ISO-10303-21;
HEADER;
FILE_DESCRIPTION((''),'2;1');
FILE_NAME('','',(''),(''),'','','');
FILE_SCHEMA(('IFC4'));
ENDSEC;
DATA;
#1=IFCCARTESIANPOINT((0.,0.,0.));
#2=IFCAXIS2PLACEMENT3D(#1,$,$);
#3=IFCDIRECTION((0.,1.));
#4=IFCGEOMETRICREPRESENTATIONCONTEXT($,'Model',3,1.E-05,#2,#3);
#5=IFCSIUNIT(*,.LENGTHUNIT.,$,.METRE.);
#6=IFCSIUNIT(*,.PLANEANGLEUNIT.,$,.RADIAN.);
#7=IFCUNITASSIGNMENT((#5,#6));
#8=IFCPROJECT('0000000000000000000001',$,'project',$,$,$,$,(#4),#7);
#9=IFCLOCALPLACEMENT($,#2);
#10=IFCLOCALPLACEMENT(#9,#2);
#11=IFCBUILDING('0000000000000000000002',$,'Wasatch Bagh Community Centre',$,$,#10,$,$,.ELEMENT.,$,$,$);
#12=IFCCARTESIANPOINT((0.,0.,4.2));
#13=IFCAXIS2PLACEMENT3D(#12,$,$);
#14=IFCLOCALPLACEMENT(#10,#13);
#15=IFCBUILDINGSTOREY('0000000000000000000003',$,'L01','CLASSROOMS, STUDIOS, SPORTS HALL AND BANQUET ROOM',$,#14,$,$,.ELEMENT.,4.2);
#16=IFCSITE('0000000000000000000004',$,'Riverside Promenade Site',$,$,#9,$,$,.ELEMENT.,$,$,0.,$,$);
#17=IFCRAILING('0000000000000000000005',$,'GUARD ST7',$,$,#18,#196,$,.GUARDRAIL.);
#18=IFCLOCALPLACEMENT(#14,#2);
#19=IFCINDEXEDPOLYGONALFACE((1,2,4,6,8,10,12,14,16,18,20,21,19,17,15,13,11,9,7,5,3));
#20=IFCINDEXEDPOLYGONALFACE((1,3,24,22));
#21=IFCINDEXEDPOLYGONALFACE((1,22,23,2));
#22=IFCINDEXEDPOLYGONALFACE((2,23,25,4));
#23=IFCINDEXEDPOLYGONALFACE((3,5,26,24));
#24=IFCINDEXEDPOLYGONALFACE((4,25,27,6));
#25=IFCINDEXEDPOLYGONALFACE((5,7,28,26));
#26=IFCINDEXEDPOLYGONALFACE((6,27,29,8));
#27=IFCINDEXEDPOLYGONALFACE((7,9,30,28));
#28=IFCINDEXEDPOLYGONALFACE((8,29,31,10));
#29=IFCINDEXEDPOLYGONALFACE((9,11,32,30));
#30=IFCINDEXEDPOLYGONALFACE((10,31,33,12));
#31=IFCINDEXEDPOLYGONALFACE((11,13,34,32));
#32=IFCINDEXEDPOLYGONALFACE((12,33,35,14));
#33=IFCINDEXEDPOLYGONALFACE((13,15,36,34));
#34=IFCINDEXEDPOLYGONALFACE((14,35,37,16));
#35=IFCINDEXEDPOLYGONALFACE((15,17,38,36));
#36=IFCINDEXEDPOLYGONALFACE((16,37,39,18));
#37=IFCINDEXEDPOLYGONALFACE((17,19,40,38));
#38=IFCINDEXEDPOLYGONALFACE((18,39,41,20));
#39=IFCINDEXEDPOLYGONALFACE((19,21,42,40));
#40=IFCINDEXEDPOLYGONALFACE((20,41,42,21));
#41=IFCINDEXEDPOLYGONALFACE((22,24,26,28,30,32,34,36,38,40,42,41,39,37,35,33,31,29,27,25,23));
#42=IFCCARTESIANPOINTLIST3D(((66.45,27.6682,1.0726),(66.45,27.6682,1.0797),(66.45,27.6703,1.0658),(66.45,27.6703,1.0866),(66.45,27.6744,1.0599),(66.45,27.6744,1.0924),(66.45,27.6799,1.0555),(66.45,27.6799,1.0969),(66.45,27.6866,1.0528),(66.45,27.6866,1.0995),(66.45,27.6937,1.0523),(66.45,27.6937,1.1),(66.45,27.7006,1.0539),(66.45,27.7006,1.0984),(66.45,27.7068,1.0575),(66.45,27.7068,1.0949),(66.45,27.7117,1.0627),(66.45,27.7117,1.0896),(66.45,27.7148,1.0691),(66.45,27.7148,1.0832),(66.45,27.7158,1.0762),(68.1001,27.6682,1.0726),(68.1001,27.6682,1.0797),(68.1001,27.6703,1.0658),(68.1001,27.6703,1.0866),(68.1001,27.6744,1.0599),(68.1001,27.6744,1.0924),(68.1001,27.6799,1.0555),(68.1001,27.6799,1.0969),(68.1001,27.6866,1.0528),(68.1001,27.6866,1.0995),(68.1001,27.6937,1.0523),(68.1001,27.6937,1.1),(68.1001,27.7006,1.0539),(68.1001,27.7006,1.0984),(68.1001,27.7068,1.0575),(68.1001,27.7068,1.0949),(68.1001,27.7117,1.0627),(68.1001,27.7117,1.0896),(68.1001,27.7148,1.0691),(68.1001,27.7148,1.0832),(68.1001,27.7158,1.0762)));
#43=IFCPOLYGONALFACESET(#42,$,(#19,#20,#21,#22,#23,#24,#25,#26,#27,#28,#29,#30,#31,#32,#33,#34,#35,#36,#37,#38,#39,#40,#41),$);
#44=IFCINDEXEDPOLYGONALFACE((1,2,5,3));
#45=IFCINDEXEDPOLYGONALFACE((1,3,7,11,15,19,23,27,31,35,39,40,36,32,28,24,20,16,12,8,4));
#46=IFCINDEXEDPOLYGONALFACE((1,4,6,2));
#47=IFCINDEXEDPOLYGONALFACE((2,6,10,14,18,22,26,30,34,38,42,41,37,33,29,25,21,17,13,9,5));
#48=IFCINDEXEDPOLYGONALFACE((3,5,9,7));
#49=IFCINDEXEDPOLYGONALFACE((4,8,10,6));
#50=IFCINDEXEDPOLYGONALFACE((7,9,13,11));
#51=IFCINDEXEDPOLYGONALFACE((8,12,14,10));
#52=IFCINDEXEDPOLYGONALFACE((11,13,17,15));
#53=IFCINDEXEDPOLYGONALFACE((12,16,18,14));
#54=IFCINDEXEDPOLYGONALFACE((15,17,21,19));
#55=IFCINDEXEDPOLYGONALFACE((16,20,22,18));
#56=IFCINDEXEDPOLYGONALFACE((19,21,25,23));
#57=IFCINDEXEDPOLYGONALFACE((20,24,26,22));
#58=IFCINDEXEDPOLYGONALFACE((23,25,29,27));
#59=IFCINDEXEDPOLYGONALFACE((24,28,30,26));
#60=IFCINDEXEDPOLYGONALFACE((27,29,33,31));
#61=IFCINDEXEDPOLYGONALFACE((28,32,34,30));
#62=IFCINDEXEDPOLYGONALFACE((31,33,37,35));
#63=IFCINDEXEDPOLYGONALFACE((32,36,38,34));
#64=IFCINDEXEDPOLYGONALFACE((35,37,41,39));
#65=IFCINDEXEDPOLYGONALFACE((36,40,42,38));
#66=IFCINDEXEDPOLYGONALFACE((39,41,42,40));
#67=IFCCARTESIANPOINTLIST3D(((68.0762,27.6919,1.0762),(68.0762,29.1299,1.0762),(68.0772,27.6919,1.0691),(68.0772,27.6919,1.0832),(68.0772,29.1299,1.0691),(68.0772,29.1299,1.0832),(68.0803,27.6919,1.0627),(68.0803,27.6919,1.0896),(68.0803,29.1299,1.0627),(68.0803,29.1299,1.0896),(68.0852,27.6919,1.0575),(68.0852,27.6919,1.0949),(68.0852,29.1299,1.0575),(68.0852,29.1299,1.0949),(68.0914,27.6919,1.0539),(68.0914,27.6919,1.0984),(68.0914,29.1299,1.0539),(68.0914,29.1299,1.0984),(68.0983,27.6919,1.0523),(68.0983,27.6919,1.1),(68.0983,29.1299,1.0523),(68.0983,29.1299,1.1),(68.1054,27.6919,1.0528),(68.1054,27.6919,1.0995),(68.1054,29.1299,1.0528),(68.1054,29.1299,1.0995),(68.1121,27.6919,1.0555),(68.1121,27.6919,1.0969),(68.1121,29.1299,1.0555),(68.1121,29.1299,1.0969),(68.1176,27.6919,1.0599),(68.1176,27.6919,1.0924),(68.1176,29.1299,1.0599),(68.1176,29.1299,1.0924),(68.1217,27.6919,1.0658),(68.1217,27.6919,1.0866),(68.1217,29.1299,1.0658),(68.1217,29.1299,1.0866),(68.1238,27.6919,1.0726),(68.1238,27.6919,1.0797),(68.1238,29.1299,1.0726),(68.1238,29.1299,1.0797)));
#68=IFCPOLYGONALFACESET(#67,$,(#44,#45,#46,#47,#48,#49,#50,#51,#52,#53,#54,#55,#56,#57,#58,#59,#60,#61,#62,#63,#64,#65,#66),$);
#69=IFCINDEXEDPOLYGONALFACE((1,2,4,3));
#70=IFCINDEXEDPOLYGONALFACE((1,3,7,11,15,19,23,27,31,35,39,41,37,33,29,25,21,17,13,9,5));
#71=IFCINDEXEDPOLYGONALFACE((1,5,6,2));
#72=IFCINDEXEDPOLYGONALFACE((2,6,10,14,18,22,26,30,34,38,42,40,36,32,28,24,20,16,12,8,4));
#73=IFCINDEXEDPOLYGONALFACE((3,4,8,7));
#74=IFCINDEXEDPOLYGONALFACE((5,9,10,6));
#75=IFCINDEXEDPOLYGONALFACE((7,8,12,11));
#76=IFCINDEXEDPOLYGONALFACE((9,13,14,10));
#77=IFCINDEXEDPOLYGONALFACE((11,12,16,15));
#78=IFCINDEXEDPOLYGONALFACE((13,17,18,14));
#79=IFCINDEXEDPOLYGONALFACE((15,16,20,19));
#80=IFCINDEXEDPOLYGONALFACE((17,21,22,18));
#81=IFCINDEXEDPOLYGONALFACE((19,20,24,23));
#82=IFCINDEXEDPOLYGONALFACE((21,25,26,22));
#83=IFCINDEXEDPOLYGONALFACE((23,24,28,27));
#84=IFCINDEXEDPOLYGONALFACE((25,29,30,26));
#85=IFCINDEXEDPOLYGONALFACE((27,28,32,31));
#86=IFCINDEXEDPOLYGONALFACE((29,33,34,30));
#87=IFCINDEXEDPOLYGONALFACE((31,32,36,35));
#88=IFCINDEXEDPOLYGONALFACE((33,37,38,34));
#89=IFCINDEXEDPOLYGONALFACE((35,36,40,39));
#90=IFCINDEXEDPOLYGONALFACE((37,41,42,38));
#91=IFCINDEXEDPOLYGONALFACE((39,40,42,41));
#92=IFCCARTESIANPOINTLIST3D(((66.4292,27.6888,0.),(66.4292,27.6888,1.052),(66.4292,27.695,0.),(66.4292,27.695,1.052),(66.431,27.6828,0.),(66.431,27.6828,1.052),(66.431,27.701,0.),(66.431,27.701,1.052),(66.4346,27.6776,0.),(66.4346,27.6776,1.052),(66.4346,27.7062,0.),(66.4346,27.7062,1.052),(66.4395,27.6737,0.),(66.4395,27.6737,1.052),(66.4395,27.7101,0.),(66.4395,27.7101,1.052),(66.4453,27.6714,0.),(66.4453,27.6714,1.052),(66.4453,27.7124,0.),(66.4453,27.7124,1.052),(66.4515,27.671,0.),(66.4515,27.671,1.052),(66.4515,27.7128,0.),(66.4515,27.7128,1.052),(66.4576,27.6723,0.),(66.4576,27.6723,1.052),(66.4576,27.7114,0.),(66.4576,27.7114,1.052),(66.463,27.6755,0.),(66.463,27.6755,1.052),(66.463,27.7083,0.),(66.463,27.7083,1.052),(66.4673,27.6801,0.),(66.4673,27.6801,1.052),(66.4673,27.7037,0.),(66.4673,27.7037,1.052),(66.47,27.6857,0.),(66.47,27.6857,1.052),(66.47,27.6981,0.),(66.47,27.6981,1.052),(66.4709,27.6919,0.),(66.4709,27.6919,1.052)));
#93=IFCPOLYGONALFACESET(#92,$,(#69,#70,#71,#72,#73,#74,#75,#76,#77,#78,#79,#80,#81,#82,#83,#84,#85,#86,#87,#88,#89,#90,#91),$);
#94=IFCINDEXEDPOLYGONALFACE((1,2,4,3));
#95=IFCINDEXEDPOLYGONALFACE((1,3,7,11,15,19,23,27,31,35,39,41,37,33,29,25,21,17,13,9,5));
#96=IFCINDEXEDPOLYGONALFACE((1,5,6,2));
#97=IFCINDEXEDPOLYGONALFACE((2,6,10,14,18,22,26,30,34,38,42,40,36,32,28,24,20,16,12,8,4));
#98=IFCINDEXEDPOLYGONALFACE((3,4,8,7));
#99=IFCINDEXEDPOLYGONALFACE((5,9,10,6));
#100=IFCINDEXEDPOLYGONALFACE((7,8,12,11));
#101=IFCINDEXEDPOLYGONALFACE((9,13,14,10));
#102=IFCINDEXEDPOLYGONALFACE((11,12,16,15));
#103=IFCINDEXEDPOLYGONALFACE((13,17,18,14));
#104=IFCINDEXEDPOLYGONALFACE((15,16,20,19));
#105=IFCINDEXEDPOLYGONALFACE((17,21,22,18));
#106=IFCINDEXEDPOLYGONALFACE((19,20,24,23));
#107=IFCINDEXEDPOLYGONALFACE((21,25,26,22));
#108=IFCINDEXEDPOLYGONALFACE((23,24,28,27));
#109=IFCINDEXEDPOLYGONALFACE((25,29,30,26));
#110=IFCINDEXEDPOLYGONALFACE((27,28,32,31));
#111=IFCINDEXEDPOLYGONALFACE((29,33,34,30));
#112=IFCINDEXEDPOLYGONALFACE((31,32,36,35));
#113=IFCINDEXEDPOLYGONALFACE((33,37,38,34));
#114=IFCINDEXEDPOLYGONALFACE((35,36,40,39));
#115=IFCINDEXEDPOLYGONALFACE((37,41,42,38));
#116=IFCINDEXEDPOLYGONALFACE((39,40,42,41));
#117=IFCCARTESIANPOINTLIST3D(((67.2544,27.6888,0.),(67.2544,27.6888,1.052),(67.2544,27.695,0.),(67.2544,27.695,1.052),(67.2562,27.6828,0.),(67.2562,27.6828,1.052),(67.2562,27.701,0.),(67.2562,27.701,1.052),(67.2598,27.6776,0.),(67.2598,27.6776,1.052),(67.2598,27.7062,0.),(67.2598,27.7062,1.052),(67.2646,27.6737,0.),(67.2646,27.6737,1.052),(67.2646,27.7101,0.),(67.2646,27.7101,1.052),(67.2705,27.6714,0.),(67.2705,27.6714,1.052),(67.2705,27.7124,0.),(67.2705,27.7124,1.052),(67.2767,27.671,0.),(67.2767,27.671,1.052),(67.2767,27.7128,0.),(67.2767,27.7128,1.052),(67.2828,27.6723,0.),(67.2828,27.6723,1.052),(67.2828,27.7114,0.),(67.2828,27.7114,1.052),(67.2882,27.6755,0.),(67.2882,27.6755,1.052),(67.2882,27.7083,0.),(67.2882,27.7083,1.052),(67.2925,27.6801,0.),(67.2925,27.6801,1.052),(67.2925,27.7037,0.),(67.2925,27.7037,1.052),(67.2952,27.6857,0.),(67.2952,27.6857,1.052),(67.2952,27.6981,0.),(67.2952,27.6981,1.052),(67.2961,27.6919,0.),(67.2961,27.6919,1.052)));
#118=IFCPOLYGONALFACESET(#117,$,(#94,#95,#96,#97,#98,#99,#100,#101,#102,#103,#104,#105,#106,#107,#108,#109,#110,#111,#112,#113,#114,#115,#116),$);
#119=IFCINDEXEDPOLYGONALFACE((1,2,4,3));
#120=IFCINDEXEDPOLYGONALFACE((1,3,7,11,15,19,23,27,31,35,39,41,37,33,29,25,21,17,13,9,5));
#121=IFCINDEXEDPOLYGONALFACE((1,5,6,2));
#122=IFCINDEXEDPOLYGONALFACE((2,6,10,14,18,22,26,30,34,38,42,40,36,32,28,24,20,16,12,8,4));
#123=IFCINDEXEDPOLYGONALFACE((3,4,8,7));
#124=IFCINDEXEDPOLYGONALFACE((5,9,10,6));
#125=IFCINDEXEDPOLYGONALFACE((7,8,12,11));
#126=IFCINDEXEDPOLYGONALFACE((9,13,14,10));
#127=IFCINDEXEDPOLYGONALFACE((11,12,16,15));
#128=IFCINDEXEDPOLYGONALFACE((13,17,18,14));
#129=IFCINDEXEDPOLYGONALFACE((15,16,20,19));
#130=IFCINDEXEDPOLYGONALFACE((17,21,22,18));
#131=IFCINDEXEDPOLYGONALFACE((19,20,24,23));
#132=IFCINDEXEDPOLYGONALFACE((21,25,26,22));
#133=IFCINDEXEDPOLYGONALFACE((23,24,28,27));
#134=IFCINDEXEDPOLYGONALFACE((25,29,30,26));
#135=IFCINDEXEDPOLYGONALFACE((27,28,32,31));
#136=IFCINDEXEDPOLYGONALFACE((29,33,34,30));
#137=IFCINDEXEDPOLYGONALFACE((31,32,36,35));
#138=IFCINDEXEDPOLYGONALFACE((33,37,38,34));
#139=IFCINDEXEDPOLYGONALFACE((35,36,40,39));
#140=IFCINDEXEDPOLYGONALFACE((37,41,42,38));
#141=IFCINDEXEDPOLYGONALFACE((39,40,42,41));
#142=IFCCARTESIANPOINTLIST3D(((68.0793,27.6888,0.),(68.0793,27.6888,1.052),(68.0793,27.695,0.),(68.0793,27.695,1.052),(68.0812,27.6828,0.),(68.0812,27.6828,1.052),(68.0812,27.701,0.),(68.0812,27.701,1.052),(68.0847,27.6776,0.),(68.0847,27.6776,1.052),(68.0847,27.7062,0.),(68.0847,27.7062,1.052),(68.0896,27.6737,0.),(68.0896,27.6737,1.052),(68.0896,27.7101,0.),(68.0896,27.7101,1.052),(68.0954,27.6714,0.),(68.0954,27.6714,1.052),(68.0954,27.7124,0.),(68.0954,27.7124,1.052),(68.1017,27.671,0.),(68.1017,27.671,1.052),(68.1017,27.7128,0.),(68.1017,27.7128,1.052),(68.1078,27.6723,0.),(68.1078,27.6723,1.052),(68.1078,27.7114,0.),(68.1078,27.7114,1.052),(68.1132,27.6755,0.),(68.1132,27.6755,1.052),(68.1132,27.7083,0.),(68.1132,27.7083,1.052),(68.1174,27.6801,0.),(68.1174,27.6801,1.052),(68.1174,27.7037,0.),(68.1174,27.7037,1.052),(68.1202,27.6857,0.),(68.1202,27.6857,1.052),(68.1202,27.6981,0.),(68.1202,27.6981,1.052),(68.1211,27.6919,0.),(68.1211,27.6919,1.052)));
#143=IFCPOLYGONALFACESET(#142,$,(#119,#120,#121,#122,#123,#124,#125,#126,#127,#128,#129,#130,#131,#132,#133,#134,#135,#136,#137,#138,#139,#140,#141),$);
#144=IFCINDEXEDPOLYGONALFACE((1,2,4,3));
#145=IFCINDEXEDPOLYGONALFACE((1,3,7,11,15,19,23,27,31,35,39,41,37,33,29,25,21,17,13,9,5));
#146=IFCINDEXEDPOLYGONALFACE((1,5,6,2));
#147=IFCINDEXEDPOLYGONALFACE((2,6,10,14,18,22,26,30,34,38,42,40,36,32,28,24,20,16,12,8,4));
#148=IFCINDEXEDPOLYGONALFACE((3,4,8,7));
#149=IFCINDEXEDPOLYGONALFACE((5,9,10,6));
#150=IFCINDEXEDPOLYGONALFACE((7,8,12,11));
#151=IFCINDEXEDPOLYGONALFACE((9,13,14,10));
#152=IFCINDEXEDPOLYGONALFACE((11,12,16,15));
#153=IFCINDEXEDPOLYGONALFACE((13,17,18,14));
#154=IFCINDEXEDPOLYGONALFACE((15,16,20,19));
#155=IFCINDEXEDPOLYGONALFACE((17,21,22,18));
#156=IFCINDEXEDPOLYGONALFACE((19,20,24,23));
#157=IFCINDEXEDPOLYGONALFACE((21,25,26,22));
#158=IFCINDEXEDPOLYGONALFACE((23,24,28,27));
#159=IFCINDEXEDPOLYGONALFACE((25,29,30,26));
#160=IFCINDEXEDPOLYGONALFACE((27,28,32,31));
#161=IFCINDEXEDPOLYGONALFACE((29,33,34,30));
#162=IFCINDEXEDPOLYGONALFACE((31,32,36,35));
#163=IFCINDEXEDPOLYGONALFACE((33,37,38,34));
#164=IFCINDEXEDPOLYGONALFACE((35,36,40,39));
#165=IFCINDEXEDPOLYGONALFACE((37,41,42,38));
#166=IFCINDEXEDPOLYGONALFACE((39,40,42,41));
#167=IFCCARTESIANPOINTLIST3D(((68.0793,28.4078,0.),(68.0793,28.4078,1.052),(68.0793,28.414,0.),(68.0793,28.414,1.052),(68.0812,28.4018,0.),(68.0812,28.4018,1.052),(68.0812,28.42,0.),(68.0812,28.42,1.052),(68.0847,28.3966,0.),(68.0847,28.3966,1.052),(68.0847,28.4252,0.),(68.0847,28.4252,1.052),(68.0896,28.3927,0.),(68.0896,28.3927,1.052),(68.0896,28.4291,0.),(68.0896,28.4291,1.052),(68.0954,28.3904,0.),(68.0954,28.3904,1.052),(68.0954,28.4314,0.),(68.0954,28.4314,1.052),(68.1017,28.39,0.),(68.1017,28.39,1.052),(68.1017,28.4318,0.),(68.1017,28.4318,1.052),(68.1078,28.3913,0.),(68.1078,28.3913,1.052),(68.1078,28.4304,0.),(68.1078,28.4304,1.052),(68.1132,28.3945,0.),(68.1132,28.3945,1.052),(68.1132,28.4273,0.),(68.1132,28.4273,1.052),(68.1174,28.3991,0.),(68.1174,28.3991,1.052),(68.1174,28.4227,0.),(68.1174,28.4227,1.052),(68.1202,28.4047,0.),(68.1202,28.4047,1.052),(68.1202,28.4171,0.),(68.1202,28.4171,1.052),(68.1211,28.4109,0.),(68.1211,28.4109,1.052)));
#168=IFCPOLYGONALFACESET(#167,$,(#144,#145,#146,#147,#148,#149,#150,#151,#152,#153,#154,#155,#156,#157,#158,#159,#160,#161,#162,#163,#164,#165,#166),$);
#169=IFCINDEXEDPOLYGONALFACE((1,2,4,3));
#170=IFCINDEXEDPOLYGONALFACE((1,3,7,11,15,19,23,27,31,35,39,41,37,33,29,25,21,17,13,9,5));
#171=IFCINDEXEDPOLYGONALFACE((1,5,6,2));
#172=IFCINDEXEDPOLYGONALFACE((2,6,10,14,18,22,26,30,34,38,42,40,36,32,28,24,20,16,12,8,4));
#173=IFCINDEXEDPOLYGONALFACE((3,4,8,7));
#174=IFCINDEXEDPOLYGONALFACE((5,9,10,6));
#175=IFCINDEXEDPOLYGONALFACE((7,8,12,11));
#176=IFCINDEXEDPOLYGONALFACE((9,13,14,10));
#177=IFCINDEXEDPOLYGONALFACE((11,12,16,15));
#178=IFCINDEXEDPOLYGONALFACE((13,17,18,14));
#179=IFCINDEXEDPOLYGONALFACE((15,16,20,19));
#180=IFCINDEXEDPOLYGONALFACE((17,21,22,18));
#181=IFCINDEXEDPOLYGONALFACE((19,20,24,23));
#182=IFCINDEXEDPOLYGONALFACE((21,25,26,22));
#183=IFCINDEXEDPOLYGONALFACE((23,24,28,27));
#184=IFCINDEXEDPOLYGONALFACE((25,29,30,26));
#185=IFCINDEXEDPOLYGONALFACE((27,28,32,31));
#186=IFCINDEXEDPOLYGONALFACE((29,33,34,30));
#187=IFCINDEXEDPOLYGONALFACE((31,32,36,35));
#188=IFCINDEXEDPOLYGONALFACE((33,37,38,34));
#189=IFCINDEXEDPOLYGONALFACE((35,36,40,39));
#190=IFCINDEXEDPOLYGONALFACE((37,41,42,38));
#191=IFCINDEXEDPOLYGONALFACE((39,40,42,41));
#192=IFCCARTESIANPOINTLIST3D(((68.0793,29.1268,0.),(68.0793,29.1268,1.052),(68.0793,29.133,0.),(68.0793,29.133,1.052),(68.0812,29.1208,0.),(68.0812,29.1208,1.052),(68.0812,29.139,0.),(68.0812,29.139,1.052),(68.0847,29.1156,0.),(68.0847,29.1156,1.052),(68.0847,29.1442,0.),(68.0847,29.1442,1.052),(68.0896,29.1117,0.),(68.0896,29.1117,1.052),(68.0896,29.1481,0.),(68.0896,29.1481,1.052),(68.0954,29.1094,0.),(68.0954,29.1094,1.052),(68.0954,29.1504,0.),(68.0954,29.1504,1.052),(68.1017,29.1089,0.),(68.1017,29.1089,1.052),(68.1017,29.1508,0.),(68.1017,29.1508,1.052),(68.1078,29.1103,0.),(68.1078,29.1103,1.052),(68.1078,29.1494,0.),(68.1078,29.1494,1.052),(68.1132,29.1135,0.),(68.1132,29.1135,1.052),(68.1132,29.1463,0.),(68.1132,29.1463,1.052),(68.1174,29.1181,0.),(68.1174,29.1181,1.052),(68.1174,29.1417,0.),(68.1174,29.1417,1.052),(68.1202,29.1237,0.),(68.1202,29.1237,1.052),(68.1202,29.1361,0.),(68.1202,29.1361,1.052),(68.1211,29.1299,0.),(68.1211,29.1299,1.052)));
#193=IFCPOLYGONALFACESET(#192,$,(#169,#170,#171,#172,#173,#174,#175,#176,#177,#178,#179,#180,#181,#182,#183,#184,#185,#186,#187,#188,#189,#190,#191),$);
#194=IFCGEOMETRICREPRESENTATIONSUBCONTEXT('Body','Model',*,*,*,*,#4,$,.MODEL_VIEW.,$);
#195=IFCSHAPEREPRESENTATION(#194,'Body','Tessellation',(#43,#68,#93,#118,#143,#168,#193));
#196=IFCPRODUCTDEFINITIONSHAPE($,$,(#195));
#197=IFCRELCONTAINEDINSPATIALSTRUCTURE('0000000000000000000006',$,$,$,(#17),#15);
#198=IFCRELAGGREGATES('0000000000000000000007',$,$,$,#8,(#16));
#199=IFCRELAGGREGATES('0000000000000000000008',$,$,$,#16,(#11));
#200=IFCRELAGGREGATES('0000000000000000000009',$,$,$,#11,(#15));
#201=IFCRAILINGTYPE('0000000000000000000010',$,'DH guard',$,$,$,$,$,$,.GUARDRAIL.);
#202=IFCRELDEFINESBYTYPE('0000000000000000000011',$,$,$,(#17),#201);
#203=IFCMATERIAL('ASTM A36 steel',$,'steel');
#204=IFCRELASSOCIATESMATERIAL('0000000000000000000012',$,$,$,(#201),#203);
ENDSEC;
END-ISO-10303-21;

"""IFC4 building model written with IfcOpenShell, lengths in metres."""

from ifc_helpers import new_model, si_unit, direction, frame, origin, origin_2d, place, context, subcontext, project, spatial, circle, extrude, material, type_object, element, save


model = new_model("IFC4")

# Units and contexts
model_context = context("Model", 3, precision=1e-05, world=origin(), true_north=direction((0.0, 1.0)))
body_context = subcontext(model_context, "Body", "Model", "MODEL_VIEW")
ifc_project = project(units=[si_unit("LENGTHUNIT", "METRE"), si_unit("PLANEANGLEUNIT", "RADIAN")], contexts=[model_context])

# Site, building, storey
site_placement = place(None, origin())
site = spatial("IfcSite", under=ifc_project, at=site_placement, Name="Riverside Promenade Site", CompositionType="ELEMENT", RefElevation=0.0)
building_placement = place(site_placement, origin())
building = spatial("IfcBuilding", under=site, at=building_placement, Name="Wasatch Bagh Community Centre", CompositionType="ELEMENT")
storey_placement = place(building_placement, frame((0.0, 0.0, 4.2)))
storey = spatial("IfcBuildingStorey", under=building, at=storey_placement, Name="L01", Description="CLASSROOMS, STUDIOS, SPORTS HALL AND BANQUET ROOM", CompositionType="ELEMENT", Elevation=4.2)

# Railing
ifc_material_1 = material(Name="ASTM A36 steel", Category="steel")
railing_type = type_object("IfcRailingType", Name="DH guard", PredefinedType="GUARDRAIL", material=ifc_material_1)
railing_1_placement = place(storey_placement, frame((66.45, 27.6919, 0.0)))
element("IfcRailing", 1, at=railing_1_placement, inside=storey, type_object=railing_type, Name="GUARD ST7", PredefinedType="GUARDRAIL", context=body_context, shape_type="SweptSolid", body=[
    extrude(circle(Radius=0.0239, at=origin_2d()), frame((0.0, 0.0, 1.0762), z_axis=(1.0, 0.0, 0.0), x_axis=(0.0, 1.0, 0.0)), (0.0, 0.0, 1.0), 1.6501),
    extrude(circle(Radius=0.0239, at=origin_2d()), frame((1.6501, 0.0, 1.0762), z_axis=(0.0, 1.0, 0.0), x_axis=(-1.0, 0.0, 0.0)), (0.0, 0.0, 1.0), 1.438),
    extrude(circle(Radius=0.021, at=origin_2d()), origin(), (0.0, 0.0, 1.0), 1.052),
    extrude(circle(Radius=0.021, at=origin_2d()), frame((0.8252, 0.0, 0.0)), (0.0, 0.0, 1.0), 1.052),
    extrude(circle(Radius=0.021, at=origin_2d()), frame((1.6501, 0.0, 0.0)), (0.0, 0.0, 1.0), 1.052),
    extrude(circle(Radius=0.021, at=origin_2d()), frame((1.6501, 0.719, 0.0)), (0.0, 0.0, 1.0), 1.052),
    extrude(circle(Radius=0.021, at=origin_2d()), frame((1.6501, 1.438, 0.0)), (0.0, 0.0, 1.0), 1.052),
])

save(model, "model.ifc")
